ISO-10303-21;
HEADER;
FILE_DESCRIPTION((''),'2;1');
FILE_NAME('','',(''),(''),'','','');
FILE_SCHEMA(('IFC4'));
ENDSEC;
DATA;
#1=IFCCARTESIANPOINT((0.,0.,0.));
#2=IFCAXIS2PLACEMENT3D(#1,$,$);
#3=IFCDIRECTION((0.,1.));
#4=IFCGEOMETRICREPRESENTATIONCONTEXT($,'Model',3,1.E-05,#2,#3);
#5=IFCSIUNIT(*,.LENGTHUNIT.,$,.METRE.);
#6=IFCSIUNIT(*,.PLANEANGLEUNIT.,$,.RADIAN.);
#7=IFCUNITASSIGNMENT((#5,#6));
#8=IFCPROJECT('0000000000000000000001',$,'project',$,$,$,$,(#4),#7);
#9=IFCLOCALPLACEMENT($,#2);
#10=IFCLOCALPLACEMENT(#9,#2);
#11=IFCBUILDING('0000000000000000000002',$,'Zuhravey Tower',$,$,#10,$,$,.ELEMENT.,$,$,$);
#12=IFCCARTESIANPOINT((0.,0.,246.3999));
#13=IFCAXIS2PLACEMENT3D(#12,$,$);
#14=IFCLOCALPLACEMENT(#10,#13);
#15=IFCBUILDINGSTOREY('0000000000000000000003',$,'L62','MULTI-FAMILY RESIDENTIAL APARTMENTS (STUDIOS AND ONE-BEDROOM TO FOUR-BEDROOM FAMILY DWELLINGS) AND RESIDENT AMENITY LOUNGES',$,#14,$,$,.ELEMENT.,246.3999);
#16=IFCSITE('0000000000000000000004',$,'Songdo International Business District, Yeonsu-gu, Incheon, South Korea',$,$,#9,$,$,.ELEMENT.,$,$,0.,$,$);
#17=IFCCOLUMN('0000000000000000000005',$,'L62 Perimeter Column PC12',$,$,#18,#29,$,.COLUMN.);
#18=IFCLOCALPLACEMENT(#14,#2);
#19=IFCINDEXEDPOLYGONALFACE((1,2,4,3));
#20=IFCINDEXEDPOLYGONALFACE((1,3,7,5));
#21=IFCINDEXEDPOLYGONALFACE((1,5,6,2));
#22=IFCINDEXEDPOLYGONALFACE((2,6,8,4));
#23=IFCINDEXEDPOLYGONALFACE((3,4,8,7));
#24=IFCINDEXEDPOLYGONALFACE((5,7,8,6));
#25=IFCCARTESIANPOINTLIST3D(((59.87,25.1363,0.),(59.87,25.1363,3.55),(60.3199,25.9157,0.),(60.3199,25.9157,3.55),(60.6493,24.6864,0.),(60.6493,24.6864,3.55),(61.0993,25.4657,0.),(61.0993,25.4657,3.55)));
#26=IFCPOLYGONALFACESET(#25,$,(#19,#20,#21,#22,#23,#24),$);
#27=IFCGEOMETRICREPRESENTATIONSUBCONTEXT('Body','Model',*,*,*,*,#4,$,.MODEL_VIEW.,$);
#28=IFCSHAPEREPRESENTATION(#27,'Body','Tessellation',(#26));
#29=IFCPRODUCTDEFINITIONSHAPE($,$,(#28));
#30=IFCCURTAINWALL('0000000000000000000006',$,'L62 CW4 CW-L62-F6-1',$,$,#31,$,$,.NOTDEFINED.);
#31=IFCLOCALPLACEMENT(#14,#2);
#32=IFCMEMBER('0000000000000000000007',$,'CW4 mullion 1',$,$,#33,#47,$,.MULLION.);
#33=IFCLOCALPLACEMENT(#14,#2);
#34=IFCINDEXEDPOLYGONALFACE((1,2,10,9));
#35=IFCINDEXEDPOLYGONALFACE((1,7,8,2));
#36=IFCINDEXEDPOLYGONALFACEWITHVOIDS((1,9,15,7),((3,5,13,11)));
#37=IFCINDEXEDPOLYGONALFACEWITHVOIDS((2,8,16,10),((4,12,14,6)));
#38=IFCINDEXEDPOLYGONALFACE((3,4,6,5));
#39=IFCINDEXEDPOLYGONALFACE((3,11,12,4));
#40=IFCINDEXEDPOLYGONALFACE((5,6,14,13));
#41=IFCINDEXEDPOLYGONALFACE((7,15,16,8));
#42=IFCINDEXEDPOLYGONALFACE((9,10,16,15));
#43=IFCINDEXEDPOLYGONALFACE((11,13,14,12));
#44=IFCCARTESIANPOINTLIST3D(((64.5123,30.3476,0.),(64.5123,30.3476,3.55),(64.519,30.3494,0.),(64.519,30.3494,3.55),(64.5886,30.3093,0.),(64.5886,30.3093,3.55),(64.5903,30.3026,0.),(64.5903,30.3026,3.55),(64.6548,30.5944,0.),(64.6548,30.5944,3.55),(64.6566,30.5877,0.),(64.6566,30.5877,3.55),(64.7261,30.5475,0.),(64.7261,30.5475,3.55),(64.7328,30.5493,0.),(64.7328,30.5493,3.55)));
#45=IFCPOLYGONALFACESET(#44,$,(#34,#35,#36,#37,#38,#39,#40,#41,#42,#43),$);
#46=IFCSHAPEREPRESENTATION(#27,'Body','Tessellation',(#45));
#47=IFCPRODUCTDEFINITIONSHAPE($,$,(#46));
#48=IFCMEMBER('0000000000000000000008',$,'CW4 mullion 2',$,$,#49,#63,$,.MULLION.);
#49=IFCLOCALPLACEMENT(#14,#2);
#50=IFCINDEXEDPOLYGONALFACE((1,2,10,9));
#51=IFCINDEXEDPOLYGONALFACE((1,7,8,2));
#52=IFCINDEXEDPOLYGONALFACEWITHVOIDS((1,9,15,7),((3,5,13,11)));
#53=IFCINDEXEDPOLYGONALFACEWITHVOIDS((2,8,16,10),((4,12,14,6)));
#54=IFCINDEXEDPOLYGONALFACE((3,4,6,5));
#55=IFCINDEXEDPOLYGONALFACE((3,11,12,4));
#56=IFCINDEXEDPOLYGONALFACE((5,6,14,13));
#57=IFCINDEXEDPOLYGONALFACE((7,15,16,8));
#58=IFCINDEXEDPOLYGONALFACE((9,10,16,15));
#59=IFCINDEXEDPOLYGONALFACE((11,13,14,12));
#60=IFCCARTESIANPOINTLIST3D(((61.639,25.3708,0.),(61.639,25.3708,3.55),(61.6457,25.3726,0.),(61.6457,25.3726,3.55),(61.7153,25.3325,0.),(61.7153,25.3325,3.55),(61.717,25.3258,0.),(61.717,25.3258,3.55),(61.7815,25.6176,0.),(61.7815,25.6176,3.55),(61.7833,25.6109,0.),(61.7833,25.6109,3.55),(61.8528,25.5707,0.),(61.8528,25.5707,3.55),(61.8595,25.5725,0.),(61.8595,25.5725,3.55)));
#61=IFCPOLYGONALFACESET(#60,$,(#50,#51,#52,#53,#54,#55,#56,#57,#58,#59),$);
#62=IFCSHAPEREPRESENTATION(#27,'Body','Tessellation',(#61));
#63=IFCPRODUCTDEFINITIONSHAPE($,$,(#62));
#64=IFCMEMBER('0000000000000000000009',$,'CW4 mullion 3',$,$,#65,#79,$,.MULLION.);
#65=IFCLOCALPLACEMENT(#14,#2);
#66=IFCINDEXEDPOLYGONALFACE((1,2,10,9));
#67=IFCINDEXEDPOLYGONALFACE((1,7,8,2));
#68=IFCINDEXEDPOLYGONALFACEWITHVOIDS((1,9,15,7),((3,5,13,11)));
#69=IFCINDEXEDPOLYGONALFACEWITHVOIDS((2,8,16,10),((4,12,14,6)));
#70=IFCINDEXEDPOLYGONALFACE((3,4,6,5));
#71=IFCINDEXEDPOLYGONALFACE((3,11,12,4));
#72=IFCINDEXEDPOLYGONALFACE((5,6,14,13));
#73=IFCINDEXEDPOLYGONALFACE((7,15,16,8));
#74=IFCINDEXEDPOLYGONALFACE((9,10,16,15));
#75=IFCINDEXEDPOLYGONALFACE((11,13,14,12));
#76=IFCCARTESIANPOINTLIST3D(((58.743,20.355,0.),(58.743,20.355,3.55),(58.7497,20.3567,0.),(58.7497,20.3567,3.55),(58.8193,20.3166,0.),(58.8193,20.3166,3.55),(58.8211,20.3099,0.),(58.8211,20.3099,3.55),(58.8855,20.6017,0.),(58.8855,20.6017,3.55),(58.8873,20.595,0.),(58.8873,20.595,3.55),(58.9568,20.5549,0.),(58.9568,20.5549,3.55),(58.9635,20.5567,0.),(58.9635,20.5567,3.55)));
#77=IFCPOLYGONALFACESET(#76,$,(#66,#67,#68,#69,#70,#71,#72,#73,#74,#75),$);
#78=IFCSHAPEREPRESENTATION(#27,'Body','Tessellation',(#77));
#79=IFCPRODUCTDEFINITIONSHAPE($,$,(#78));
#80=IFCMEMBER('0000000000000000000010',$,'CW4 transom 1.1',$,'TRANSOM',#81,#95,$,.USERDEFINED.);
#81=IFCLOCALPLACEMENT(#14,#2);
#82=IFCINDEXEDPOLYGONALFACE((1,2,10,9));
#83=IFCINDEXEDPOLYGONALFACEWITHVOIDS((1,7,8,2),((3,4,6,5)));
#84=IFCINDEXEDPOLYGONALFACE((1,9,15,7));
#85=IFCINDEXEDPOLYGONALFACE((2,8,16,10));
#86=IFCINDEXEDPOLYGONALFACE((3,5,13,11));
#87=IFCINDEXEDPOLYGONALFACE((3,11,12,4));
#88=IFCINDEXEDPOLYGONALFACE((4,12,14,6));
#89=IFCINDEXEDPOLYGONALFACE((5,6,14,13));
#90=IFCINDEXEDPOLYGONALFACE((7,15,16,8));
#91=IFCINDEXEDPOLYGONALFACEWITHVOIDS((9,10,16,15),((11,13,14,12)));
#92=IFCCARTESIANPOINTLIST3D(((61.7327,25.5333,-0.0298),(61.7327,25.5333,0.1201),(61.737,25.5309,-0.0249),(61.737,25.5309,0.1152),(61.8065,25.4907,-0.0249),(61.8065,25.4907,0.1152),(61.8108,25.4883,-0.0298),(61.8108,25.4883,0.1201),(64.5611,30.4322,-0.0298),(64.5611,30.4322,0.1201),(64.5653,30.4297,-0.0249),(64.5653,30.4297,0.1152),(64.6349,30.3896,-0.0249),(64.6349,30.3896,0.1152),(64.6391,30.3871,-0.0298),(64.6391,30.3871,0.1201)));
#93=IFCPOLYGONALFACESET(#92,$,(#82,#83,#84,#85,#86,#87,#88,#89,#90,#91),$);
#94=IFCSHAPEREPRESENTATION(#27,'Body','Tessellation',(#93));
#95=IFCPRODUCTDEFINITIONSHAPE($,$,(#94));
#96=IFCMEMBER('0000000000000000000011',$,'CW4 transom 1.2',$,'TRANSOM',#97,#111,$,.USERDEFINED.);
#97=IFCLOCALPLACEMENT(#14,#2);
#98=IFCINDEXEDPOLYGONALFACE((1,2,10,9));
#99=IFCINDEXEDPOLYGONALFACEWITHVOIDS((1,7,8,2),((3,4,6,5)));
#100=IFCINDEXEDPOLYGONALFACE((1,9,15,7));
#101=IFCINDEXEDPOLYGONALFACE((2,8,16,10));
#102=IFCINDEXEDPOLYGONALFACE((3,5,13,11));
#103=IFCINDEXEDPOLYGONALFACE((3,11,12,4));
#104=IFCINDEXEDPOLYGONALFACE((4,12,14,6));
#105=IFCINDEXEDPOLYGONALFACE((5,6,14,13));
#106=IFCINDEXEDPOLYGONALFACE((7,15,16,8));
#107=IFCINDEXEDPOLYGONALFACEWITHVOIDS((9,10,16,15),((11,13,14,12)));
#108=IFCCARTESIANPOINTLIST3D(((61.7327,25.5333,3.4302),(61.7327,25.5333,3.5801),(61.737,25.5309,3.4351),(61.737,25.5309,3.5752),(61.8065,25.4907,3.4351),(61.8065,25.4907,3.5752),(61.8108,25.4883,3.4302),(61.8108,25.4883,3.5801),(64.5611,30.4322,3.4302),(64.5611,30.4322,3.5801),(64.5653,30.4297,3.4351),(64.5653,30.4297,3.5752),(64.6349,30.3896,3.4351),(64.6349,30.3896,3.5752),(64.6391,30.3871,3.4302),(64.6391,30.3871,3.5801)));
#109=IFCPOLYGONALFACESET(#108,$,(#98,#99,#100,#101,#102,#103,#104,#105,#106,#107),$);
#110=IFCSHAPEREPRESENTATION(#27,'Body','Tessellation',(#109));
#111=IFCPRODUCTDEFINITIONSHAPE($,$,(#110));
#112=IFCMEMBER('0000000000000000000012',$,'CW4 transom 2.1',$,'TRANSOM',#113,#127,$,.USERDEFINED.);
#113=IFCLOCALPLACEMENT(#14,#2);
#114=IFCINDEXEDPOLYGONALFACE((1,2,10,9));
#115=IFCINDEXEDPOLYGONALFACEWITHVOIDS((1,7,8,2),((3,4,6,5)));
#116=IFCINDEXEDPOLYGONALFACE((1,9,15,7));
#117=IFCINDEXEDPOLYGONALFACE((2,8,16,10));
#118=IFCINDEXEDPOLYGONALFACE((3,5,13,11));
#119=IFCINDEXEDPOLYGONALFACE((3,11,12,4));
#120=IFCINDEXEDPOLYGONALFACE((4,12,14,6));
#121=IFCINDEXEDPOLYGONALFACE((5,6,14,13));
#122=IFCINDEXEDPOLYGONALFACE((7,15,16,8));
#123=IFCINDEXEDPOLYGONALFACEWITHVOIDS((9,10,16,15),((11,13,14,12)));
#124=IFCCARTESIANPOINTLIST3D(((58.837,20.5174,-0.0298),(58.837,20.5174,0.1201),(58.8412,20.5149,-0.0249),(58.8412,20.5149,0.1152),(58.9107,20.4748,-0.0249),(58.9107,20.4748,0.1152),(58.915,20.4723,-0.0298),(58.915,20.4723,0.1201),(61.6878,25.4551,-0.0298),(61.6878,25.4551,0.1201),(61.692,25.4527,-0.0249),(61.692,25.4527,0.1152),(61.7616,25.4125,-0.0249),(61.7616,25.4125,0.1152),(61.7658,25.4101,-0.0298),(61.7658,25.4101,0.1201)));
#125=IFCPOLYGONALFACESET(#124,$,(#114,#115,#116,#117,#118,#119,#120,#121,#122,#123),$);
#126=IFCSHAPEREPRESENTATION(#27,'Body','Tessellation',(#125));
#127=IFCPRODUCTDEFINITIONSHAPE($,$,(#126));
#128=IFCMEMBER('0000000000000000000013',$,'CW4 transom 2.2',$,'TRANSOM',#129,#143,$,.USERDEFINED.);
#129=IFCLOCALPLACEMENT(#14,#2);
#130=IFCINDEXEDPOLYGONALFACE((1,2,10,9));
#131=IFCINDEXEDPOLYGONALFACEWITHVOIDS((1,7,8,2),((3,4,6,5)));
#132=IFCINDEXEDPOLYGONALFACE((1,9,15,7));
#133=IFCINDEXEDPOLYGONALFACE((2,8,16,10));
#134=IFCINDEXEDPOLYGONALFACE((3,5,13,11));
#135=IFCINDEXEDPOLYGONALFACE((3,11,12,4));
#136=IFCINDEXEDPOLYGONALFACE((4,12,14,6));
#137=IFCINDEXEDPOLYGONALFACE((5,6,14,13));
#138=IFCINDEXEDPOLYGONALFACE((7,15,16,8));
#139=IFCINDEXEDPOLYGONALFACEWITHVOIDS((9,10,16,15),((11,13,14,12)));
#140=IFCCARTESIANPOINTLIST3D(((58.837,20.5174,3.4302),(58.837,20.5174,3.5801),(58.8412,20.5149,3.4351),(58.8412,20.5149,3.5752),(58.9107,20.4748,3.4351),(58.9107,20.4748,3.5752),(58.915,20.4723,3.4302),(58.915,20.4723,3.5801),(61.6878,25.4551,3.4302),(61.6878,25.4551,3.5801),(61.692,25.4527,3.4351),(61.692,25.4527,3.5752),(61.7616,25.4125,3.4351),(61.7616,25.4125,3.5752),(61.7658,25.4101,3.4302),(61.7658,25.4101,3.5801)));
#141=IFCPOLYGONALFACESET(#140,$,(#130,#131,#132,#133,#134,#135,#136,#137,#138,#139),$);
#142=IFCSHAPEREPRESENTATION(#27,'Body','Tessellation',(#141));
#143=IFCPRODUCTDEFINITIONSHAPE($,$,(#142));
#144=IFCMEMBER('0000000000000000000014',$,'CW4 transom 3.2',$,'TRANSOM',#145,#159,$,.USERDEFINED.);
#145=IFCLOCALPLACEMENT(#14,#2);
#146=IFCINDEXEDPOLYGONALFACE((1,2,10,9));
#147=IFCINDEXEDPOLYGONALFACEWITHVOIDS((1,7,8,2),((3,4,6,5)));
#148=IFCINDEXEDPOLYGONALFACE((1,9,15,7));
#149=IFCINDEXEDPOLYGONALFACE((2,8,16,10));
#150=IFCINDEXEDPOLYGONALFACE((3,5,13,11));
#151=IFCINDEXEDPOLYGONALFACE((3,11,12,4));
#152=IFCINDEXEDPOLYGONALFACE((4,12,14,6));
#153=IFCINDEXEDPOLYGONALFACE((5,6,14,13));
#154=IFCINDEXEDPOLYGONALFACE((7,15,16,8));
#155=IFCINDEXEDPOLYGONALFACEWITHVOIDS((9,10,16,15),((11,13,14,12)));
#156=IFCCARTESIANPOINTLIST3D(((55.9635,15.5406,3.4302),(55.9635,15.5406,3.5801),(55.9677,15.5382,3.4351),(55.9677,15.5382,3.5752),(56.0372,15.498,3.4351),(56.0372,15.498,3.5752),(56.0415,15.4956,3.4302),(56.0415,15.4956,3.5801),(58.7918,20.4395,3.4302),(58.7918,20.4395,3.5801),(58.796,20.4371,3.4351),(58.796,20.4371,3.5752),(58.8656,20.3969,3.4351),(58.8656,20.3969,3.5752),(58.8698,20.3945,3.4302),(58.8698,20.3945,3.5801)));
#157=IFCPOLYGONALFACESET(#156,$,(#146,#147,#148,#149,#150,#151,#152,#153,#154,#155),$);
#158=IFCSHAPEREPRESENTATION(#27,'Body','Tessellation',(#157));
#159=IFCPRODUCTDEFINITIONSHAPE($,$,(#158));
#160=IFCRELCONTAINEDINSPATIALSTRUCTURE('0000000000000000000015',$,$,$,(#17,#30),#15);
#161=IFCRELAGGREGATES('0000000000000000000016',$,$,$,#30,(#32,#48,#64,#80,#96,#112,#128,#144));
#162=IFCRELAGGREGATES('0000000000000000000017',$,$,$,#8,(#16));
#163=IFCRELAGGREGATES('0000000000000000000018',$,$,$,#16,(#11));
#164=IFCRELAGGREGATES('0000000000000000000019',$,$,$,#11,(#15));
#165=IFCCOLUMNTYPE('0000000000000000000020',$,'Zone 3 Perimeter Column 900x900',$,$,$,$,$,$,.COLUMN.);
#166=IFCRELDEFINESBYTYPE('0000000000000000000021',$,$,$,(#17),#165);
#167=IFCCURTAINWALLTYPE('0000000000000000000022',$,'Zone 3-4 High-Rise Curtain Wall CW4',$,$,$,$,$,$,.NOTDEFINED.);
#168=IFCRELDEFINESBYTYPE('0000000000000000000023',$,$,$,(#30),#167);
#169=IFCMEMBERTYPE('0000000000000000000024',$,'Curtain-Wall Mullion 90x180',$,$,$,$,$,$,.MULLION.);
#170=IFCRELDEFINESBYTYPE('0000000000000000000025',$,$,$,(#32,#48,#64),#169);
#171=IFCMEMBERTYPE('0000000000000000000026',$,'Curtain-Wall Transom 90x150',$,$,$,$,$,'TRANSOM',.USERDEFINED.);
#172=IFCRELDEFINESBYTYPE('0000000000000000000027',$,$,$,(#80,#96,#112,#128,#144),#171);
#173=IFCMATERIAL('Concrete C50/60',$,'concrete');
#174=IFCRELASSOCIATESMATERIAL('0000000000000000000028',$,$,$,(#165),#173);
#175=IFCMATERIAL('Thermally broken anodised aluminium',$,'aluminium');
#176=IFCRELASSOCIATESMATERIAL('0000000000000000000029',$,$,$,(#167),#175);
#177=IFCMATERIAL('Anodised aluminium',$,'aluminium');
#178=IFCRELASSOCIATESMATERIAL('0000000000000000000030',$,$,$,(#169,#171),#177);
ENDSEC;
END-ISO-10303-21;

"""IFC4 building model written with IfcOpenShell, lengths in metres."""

from ifc_helpers import new_model, si_unit, direction, frame, origin, origin_2d, place, context, subcontext, project, spatial, rectangle, hollow_rectangle, extrude, material, material_profile, profile_set, type_object, element, aggregate, save


model = new_model("IFC4")

# Units and contexts
model_context = context("Model", 3, precision=1e-05, world=origin(), true_north=direction((0.0, 1.0)))
body_context = subcontext(model_context, "Body", "Model", "MODEL_VIEW")
ifc_project = project(units=[si_unit("LENGTHUNIT", "METRE"), si_unit("PLANEANGLEUNIT", "RADIAN")], contexts=[model_context])

# Site, building, storey
site_placement = place(None, origin())
site = spatial("IfcSite", under=ifc_project, at=site_placement, Name="Songdo International Business District, Yeonsu-gu, Incheon, South Korea", CompositionType="ELEMENT", RefElevation=0.0)
building_placement = place(site_placement, origin())
building = spatial("IfcBuilding", under=site, at=building_placement, Name="Zuhravey Tower", CompositionType="ELEMENT")
storey_placement = place(building_placement, frame((0.0, 0.0, 246.3999)))
storey = spatial("IfcBuildingStorey", under=building, at=storey_placement, Name="L62", Description="MULTI-FAMILY RESIDENTIAL APARTMENTS (STUDIOS AND ONE-BEDROOM TO FOUR-BEDROOM FAMILY DWELLINGS) AND RESIDENT AMENITY LOUNGES", CompositionType="ELEMENT", Elevation=246.3999)

# Column
ifc_material_1 = material(Name="Concrete C50/60", Category="concrete")
ifc_material_profile_1 = material_profile(ifc_material_1, rectangle(XDim=0.8999, YDim=0.8999, at=origin_2d()), Name="RC-900x900")
ifc_profile_set_1 = profile_set([ifc_material_profile_1], Name="Concrete C50/60")
column_type = type_object("IfcColumnType", Name="Zone 3 Perimeter Column 900x900", PredefinedType="COLUMN", material=ifc_profile_set_1)
column_placement = place(storey_placement, frame((60.4846, 25.301, 0.0), z_axis=(0.0, 0.0, 1.0), x_axis=(0.5, 0.866025, 0.0)))
element("IfcColumn", 1, at=column_placement, inside=storey, type_object=column_type, Name="L62 Perimeter Column PC12", PredefinedType="COLUMN", context=body_context, shape_type="SweptSolid", body=[
    extrude(rectangle(XDim=0.8999, YDim=0.8999, at=origin_2d()), origin(), (0.0, 0.0, 1.0), 3.55),
])

# Curtain wall, members
ifc_material_2 = material(Name="Thermally broken anodised aluminium", Category="aluminium")
curtain_wall_type = type_object("IfcCurtainWallType", Name="Zone 3-4 High-Rise Curtain Wall CW4", PredefinedType="NOTDEFINED", material=ifc_material_2)
curtain_wall_placement = place(storey_placement, origin())
curtain_wall = element("IfcCurtainWall", 2, at=curtain_wall_placement, inside=storey, type_object=curtain_wall_type, Name="L62 CW4 CW-L62-F6-1", PredefinedType="NOTDEFINED")
ifc_material_3 = material(Name="Anodised aluminium", Category="aluminium")
ifc_material_profile_2 = material_profile(ifc_material_3, hollow_rectangle(XDim=0.0901, YDim=0.2849, WallThickness=0.0049, at=origin_2d()), Name="ALU-RHS-90x285x5")
ifc_profile_set_2 = profile_set([ifc_material_profile_2], Name="Anodised aluminium")
member_type_1 = type_object("IfcMemberType", Name="Curtain-Wall Mullion 90x180", PredefinedType="MULLION", material=ifc_profile_set_2)
member_1_placement = place(storey_placement, frame((64.6226, 30.4485, 0.0), z_axis=(0.0, 0.0, 1.0), x_axis=(0.866026, -0.499999, 0.0)))
member_1 = element("IfcMember", 3, at=member_1_placement, type_object=member_type_1, Name="CW4 mullion 1", PredefinedType="MULLION", context=body_context, shape_type="SweptSolid", body=[
    extrude(hollow_rectangle(XDim=0.0901, YDim=0.2849, WallThickness=0.0049, at=origin_2d()), origin(), (0.0, 0.0, 1.0), 3.55),
])
member_2_placement = place(storey_placement, frame((61.7493, 25.4717, 0.0), z_axis=(0.0, 0.0, 1.0), x_axis=(0.866026, -0.499999, 0.0)))
member_2 = element("IfcMember", 4, at=member_2_placement, type_object=member_type_1, Name="CW4 mullion 2", PredefinedType="MULLION", context=body_context, shape_type="SweptSolid", body=[
    extrude(hollow_rectangle(XDim=0.0901, YDim=0.2849, WallThickness=0.0049, at=origin_2d()), origin(), (0.0, 0.0, 1.0), 3.55),
])
member_3_placement = place(storey_placement, frame((58.8533, 20.4558, 0.0), z_axis=(0.0, 0.0, 1.0), x_axis=(0.866026, -0.499999, 0.0)))
member_3 = element("IfcMember", 5, at=member_3_placement, type_object=member_type_1, Name="CW4 mullion 3", PredefinedType="MULLION", context=body_context, shape_type="SweptSolid", body=[
    extrude(hollow_rectangle(XDim=0.0901, YDim=0.2849, WallThickness=0.0049, at=origin_2d()), origin(), (0.0, 0.0, 1.0), 3.55),
])
ifc_material_profile_3 = material_profile(ifc_material_3, hollow_rectangle(XDim=0.0901, YDim=0.1499, WallThickness=0.0049, at=origin_2d()), Name="ALU-RHS-90x150x5")
ifc_profile_set_3 = profile_set([ifc_material_profile_3], Name="Anodised aluminium")
member_type_2 = type_object("IfcMemberType", Name="Curtain-Wall Transom 90x150", ElementType="TRANSOM", PredefinedType="USERDEFINED", material=ifc_profile_set_3)
member_4_placement = place(storey_placement, frame((64.6001, 30.4097, 0.0452), z_axis=(-0.499996, -0.866027, 0.0), x_axis=(0.866027, -0.499996, 0.0)))
member_4 = element("IfcMember", 6, at=member_4_placement, type_object=member_type_2, Name="CW4 transom 1.1", ObjectType="TRANSOM", PredefinedType="USERDEFINED", context=body_context, shape_type="SweptSolid", body=[
    extrude(hollow_rectangle(XDim=0.0901, YDim=0.1499, WallThickness=0.0049, at=origin_2d()), origin(), (0.0, 0.0, 1.0), 5.6567),
])
member_5_placement = place(storey_placement, frame((64.6001, 30.4097, 3.5051), z_axis=(-0.499996, -0.866027, 0.0), x_axis=(0.866027, -0.499996, 0.0)))
member_5 = element("IfcMember", 7, at=member_5_placement, type_object=member_type_2, Name="CW4 transom 1.2", ObjectType="TRANSOM", PredefinedType="USERDEFINED", context=body_context, shape_type="SweptSolid", body=[
    extrude(hollow_rectangle(XDim=0.0901, YDim=0.1499, WallThickness=0.0049, at=origin_2d()), origin(), (0.0, 0.0, 1.0), 5.6567),
])
member_6_placement = place(storey_placement, frame((61.7268, 25.4326, 0.0452), z_axis=(-0.500003, -0.866024, 0.0), x_axis=(0.866024, -0.500003, 0.0)))
member_6 = element("IfcMember", 8, at=member_6_placement, type_object=member_type_2, Name="CW4 transom 2.1", ObjectType="TRANSOM", PredefinedType="USERDEFINED", context=body_context, shape_type="SweptSolid", body=[
    extrude(hollow_rectangle(XDim=0.0901, YDim=0.1499, WallThickness=0.0049, at=origin_2d()), origin(), (0.0, 0.0, 1.0), 5.7017),
])
member_7_placement = place(storey_placement, frame((61.7268, 25.4326, 3.5051), z_axis=(-0.500003, -0.866024, 0.0), x_axis=(0.866024, -0.500003, 0.0)))
member_7 = element("IfcMember", 9, at=member_7_placement, type_object=member_type_2, Name="CW4 transom 2.2", ObjectType="TRANSOM", PredefinedType="USERDEFINED", context=body_context, shape_type="SweptSolid", body=[
    extrude(hollow_rectangle(XDim=0.0901, YDim=0.1499, WallThickness=0.0049, at=origin_2d()), origin(), (0.0, 0.0, 1.0), 5.7017),
])
member_8_placement = place(storey_placement, frame((58.8308, 20.417, 3.5051), z_axis=(-0.499996, -0.866027, 0.0), x_axis=(0.866027, -0.499996, 0.0)))
member_8 = element("IfcMember", 10, at=member_8_placement, type_object=member_type_2, Name="CW4 transom 3.2", ObjectType="TRANSOM", PredefinedType="USERDEFINED", context=body_context, shape_type="SweptSolid", body=[
    extrude(hollow_rectangle(XDim=0.0901, YDim=0.1499, WallThickness=0.0049, at=origin_2d()), origin(), (0.0, 0.0, 1.0), 5.6567),
])

aggregate(curtain_wall, [member_1, member_2, member_3, member_4, member_5, member_6, member_7, member_8])

save(model, "model.ifc")
